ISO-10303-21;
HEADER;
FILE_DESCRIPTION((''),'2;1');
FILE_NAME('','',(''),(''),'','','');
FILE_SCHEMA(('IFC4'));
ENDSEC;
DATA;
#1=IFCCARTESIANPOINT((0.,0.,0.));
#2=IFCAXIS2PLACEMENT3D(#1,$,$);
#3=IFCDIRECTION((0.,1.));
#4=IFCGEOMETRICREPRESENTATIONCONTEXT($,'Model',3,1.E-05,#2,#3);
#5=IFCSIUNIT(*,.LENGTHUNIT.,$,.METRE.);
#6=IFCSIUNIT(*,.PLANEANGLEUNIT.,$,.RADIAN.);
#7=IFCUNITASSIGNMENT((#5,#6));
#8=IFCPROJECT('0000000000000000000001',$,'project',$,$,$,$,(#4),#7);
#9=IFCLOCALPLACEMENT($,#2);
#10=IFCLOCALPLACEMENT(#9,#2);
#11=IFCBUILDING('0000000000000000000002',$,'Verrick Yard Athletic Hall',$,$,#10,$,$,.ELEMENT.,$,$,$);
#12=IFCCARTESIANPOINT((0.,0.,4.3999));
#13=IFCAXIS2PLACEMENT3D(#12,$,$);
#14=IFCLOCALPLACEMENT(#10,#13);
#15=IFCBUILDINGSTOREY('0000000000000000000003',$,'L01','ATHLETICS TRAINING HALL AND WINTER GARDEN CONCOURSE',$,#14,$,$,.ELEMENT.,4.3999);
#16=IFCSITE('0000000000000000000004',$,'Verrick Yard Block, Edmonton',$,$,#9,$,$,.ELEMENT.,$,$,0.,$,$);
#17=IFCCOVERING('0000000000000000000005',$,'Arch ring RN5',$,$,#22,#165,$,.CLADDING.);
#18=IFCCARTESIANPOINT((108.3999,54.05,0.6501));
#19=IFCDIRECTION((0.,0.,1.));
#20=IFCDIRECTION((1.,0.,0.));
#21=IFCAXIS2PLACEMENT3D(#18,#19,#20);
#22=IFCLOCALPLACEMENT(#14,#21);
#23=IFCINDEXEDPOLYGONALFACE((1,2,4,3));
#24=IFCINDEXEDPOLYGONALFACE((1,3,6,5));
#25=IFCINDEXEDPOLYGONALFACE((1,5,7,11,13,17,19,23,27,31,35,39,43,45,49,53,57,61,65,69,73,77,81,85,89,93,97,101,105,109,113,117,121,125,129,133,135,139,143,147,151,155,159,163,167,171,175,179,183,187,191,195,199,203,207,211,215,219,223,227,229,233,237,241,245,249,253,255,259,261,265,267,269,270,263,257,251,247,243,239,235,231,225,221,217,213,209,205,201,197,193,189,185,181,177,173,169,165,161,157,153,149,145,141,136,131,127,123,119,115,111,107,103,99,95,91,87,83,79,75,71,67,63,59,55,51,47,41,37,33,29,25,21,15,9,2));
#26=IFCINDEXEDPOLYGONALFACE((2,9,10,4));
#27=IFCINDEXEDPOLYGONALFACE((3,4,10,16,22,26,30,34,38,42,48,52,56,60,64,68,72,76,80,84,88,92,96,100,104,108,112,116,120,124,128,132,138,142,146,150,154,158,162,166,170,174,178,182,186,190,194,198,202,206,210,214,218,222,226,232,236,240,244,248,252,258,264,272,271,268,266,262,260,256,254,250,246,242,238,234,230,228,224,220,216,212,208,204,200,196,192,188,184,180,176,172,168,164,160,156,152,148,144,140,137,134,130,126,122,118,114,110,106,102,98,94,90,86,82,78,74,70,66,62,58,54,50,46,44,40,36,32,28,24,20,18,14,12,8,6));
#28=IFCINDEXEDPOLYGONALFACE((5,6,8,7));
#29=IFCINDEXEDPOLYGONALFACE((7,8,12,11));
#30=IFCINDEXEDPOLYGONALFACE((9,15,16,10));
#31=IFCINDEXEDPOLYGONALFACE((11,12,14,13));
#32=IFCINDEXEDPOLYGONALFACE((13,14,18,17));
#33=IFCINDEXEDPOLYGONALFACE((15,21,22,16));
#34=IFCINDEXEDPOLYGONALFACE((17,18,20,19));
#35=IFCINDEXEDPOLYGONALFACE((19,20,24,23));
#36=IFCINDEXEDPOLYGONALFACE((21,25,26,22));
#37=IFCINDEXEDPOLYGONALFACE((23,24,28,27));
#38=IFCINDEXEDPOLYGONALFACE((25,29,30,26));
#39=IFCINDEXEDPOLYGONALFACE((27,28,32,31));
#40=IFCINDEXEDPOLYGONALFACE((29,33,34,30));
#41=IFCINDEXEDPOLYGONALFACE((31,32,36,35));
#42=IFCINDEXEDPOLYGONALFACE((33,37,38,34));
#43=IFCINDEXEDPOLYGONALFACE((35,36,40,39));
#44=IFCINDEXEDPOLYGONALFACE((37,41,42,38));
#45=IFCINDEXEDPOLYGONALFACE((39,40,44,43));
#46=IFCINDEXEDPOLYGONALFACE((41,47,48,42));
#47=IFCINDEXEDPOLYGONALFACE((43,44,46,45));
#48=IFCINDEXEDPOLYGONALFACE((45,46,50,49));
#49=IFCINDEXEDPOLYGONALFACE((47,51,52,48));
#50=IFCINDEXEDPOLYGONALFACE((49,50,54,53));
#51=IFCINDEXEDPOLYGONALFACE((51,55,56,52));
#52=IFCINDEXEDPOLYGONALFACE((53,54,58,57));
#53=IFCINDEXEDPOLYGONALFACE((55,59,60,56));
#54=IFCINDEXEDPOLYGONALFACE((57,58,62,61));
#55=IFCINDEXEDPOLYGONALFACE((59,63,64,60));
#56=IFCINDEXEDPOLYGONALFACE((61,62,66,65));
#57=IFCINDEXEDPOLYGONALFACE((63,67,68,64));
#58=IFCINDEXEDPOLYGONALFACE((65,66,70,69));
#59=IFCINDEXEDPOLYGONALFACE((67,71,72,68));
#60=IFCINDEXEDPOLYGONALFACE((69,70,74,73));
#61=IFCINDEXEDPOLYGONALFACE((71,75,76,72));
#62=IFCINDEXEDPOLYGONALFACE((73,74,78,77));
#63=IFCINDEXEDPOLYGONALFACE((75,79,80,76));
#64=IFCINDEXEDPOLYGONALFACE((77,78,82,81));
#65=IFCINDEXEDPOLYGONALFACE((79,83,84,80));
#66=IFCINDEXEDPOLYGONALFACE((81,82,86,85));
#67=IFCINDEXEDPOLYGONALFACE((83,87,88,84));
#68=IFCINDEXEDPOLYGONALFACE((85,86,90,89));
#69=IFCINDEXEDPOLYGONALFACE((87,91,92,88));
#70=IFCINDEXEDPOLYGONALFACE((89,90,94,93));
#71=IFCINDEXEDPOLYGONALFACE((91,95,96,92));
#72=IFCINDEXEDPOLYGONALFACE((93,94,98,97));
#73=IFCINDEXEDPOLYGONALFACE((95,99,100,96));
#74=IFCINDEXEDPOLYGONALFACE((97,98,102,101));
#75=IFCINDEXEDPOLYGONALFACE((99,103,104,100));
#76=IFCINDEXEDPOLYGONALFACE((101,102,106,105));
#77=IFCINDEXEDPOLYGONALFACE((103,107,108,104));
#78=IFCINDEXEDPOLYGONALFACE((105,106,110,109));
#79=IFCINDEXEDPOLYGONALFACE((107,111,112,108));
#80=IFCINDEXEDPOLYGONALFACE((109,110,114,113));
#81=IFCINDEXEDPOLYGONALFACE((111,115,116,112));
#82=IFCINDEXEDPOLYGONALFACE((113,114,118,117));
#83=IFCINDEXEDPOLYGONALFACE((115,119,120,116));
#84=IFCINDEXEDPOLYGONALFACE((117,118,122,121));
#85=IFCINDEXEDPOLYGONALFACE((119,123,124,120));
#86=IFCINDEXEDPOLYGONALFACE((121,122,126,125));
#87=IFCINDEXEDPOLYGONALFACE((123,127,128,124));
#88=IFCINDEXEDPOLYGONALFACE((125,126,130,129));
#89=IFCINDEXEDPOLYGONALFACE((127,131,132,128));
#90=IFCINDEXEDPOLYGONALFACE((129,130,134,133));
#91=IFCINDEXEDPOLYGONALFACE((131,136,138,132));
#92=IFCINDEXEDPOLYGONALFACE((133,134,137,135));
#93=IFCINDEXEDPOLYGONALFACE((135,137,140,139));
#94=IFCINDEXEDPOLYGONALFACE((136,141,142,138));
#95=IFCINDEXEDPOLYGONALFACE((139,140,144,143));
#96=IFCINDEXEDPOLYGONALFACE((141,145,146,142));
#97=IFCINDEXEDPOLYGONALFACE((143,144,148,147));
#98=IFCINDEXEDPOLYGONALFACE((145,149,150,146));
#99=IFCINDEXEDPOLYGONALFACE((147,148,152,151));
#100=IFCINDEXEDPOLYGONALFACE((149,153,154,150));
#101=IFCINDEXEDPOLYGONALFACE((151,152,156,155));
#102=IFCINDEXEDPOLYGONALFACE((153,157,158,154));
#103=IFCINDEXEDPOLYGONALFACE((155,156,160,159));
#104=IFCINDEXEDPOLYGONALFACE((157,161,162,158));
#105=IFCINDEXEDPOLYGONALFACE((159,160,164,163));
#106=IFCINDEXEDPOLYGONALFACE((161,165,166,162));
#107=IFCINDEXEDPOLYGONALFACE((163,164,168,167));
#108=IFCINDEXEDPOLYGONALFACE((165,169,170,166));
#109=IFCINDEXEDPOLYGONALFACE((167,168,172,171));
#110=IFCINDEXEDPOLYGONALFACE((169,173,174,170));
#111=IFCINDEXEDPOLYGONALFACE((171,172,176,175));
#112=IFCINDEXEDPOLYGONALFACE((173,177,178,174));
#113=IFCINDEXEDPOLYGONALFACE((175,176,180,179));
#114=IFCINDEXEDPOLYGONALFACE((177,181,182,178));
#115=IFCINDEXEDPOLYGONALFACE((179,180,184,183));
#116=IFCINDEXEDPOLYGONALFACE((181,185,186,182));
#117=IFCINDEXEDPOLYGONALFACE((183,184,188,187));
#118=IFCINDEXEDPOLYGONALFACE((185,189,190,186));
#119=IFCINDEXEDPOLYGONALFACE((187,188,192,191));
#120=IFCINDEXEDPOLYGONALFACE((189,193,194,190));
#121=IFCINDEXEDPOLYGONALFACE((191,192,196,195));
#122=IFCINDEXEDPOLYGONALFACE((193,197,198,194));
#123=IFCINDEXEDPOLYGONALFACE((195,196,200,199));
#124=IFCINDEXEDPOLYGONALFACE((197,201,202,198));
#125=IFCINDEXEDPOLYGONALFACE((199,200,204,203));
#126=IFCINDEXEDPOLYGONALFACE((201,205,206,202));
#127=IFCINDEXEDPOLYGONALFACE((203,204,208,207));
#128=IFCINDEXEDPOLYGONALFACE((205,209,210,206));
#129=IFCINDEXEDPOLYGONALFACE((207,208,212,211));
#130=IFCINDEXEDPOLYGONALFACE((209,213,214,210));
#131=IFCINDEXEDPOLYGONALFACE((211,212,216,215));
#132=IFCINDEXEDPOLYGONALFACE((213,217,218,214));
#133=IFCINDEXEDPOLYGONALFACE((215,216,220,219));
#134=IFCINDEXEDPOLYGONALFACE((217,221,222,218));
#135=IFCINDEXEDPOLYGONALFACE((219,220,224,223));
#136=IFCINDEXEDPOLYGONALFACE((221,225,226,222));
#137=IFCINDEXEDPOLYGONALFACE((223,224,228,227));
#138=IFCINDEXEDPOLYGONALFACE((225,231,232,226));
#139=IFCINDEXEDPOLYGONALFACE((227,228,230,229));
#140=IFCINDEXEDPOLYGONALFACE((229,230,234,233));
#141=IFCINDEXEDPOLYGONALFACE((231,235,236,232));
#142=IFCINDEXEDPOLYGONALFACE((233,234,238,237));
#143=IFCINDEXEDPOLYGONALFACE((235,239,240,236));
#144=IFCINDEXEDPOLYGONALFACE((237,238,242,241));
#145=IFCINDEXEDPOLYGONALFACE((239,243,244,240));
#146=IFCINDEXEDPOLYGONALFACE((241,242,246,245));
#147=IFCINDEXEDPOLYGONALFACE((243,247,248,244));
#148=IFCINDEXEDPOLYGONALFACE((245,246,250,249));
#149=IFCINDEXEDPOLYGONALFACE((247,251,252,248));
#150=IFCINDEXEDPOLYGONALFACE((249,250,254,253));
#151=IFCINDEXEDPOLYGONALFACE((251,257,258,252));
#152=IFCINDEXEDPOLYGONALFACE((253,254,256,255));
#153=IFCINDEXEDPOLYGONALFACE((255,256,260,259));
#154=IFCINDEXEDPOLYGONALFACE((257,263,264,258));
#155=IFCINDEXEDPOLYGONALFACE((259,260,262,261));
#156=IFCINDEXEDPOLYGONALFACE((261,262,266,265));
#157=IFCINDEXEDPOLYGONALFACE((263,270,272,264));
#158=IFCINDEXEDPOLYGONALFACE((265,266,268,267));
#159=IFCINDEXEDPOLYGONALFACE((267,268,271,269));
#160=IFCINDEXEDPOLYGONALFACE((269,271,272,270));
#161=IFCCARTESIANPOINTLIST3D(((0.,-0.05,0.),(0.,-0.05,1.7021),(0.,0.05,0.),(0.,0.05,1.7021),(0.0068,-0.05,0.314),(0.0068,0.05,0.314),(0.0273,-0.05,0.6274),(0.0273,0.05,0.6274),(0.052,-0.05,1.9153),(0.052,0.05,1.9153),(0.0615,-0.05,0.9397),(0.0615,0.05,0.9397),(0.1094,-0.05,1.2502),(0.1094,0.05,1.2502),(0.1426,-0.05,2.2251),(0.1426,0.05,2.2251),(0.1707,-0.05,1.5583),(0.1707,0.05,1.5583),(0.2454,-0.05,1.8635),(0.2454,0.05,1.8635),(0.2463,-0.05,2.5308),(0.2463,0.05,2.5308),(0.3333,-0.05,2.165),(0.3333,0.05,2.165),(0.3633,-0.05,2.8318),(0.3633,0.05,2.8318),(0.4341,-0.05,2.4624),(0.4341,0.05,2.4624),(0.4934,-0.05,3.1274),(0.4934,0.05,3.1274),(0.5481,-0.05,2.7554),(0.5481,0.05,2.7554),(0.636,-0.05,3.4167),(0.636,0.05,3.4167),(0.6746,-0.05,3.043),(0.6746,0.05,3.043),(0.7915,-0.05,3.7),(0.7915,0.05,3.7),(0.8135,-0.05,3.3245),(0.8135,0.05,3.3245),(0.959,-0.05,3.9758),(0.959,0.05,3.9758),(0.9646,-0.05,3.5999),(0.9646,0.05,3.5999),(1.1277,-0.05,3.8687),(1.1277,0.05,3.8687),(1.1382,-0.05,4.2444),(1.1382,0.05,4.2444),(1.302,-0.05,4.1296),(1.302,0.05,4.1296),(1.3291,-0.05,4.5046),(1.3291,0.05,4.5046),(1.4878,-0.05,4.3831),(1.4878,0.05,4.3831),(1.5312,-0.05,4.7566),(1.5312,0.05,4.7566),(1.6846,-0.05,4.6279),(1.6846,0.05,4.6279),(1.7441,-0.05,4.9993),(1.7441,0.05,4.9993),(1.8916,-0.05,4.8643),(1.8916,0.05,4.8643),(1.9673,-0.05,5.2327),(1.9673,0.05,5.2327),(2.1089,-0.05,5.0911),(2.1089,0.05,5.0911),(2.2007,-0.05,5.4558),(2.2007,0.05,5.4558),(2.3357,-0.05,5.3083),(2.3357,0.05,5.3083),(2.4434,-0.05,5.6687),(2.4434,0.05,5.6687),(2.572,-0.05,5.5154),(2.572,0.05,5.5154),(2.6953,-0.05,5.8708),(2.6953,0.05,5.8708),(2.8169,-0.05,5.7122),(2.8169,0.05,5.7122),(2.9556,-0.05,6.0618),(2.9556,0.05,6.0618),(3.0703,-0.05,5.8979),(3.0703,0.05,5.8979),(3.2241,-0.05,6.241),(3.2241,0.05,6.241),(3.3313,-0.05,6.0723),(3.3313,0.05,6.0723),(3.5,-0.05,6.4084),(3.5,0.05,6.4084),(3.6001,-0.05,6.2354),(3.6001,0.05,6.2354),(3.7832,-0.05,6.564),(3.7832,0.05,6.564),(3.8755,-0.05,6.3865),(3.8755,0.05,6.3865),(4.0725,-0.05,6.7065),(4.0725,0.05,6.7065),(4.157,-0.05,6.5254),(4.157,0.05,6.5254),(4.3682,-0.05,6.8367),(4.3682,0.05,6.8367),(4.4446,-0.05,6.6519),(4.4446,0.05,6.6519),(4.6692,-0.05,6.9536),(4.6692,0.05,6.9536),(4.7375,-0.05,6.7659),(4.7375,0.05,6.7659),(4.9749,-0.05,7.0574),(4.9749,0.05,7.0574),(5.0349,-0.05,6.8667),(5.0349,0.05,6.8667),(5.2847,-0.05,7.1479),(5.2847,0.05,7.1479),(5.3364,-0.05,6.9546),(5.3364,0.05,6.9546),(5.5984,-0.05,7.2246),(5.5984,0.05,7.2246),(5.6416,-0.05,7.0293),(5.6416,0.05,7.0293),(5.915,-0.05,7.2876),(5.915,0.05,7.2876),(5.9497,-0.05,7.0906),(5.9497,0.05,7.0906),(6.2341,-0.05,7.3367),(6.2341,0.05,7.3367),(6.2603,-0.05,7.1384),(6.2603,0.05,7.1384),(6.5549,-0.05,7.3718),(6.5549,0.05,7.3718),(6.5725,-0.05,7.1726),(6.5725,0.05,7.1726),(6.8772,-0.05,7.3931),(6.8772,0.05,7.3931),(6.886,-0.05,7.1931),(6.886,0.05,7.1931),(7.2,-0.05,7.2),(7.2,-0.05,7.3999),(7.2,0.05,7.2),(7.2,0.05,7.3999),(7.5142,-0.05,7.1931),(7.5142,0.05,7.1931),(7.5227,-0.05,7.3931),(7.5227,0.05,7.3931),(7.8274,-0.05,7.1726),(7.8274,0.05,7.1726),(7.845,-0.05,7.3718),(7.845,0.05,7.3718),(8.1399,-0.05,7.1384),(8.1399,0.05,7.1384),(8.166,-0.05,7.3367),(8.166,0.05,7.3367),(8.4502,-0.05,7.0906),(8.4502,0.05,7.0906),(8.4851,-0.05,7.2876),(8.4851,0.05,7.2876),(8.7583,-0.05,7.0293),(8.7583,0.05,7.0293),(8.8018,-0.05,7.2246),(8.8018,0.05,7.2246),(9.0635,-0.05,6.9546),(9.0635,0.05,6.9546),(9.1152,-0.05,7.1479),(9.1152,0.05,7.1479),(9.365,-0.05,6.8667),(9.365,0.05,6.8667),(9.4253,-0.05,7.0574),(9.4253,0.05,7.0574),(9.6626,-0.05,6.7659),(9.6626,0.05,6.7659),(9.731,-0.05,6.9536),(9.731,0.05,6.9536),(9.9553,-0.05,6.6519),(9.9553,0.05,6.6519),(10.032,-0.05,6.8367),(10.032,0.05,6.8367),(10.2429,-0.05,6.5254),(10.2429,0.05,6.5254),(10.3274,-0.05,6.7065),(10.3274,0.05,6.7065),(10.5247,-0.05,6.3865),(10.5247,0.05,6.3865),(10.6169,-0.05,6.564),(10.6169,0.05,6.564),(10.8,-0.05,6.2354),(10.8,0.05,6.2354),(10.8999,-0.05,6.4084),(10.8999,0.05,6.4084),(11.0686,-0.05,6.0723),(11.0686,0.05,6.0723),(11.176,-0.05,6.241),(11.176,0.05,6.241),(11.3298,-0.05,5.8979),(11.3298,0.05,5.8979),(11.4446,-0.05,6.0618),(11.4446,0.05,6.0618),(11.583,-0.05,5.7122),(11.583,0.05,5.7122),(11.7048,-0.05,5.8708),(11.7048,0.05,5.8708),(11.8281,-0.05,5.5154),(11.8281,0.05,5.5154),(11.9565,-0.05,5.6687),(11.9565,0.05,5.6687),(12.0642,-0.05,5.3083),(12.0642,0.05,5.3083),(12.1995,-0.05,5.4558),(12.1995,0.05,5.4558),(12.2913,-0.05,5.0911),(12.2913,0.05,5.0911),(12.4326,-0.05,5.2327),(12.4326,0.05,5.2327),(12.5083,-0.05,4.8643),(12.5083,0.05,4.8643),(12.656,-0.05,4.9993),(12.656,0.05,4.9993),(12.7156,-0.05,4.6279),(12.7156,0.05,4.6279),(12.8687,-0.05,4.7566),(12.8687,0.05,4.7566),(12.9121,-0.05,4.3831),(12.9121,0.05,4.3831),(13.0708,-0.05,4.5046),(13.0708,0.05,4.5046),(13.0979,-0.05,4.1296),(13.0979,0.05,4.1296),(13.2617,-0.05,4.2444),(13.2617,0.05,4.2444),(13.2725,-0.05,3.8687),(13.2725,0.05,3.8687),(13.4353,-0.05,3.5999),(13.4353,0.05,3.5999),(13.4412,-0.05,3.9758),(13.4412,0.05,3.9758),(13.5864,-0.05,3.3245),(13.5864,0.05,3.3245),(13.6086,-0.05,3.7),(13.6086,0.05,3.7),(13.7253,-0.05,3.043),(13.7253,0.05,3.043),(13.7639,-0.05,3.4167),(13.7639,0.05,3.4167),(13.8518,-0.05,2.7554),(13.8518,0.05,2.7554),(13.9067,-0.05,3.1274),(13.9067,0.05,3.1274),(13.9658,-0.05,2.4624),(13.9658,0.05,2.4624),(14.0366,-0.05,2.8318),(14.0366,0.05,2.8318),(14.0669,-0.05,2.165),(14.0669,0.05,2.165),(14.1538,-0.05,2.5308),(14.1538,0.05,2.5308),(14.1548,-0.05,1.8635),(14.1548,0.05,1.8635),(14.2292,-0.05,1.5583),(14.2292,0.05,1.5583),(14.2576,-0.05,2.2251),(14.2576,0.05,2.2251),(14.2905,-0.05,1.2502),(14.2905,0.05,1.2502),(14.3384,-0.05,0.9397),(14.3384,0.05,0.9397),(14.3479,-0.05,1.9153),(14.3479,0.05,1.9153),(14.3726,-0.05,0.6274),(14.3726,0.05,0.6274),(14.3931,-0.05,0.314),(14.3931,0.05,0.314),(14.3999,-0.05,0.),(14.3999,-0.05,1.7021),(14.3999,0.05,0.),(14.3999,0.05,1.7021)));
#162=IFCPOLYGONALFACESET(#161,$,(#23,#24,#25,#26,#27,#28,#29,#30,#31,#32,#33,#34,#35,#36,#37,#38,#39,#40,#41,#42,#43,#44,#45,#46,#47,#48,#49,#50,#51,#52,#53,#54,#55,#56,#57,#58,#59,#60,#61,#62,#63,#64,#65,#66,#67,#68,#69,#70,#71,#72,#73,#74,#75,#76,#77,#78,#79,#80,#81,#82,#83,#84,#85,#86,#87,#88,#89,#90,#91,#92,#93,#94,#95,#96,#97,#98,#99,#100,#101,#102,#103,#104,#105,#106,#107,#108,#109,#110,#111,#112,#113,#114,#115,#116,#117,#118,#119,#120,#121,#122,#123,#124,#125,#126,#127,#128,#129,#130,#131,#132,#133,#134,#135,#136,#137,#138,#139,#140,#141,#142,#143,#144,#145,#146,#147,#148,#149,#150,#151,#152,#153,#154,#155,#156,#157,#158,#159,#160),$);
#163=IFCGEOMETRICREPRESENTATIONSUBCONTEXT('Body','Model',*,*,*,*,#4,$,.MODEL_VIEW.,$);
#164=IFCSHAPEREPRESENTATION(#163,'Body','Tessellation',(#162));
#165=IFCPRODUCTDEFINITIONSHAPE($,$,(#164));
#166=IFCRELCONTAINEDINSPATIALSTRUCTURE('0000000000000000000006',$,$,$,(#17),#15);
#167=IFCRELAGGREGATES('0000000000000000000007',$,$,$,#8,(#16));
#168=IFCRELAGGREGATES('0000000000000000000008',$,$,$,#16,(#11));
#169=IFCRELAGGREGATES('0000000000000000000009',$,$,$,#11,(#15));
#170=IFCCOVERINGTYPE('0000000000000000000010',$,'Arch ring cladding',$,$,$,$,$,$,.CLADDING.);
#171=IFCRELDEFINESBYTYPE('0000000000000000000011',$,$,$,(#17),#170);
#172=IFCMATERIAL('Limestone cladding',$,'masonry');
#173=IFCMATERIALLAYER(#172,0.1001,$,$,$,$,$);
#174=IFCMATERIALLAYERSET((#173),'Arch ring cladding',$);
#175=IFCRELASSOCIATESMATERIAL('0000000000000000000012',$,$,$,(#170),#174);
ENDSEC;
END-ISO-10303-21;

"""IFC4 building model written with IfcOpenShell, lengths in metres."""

from ifc_helpers import new_model, si_unit, direction, frame, origin, place, context, subcontext, project, spatial, polyline, outline, extrude, material, layer, layer_set, type_object, element, save


model = new_model("IFC4")

# Units and contexts
model_context = context("Model", 3, precision=1e-05, world=origin(), true_north=direction((0.0, 1.0)))
body_context = subcontext(model_context, "Body", "Model", "MODEL_VIEW")
ifc_project = project(units=[si_unit("LENGTHUNIT", "METRE"), si_unit("PLANEANGLEUNIT", "RADIAN")], contexts=[model_context])

# Site, building, storey
site_placement = place(None, origin())
site = spatial("IfcSite", under=ifc_project, at=site_placement, Name="Verrick Yard Block, Edmonton", CompositionType="ELEMENT", RefElevation=0.0)
building_placement = place(site_placement, origin())
building = spatial("IfcBuilding", under=site, at=building_placement, Name="Verrick Yard Athletic Hall", CompositionType="ELEMENT")
storey_placement = place(building_placement, frame((0.0, 0.0, 4.3999)))
storey = spatial("IfcBuildingStorey", under=building, at=storey_placement, Name="L01", Description="ATHLETICS TRAINING HALL AND WINTER GARDEN CONCOURSE", CompositionType="ELEMENT", Elevation=4.3999)

# Covering
ifc_material_1 = material(Name="Limestone cladding", Category="masonry")
ifc_layer_1 = layer(ifc_material_1, 0.1001)
ifc_layer_set_1 = layer_set([ifc_layer_1], Name="Arch ring cladding")
covering_type_1 = type_object("IfcCoveringType", Name="Arch ring cladding", PredefinedType="CLADDING", material=ifc_layer_set_1)
covering_1_placement = place(storey_placement, frame((108.3999, 54.05, 0.6501), z_axis=(0.0, 0.0, 1.0), x_axis=(1.0, 0.0, 0.0)))
element("IfcCovering", 1, at=covering_1_placement, inside=storey, type_object=covering_type_1, Name="Arch ring RN5", PredefinedType="CLADDING", context=body_context, shape_type="SweptSolid", body=[
    extrude(outline(polyline([(0.0, 1.7021), (0.0, 0.0), (0.0068, 0.314), (0.0273, 0.6274), (0.0615, 0.9397), (0.1094, 1.2502), (0.1707, 1.5583), (0.2454, 1.8635), (0.3333, 2.165), (0.4341, 2.4624), (0.5481, 2.7554), (0.6746, 3.043), (0.8135, 3.3245), (0.9646, 3.5999), (1.1277, 3.8687), (1.302, 4.1296), (1.4878, 4.3831), (1.6846, 4.6279), (1.8916, 4.8643), (2.1089, 5.0911), (2.3357, 5.3083), (2.572, 5.5154), (2.8169, 5.7122), (3.0703, 5.8979), (3.3313, 6.0723), (3.6001, 6.2354), (3.8755, 6.3865), (4.157, 6.5254), (4.4446, 6.6519), (4.7375, 6.7659), (5.0349, 6.8667), (5.3364, 6.9546), (5.6416, 7.0293), (5.9497, 7.0906), (6.2603, 7.1384), (6.5725, 7.1726), (6.886, 7.1931), (7.2, 7.2), (7.5142, 7.1931), (7.8274, 7.1726), (8.1399, 7.1384), (8.4502, 7.0906), (8.7583, 7.0293), (9.0635, 6.9546), (9.365, 6.8667), (9.6626, 6.7659), (9.9553, 6.6519), (10.2429, 6.5254), (10.5247, 6.3865), (10.8, 6.2354), (11.0686, 6.0723), (11.3298, 5.8979), (11.583, 5.7122), (11.8281, 5.5154), (12.0642, 5.3083), (12.2913, 5.0911), (12.5083, 4.8643), (12.7156, 4.6279), (12.9121, 4.3831), (13.0979, 4.1296), (13.2725, 3.8687), (13.4353, 3.5999), (13.5864, 3.3245), (13.7253, 3.043), (13.8518, 2.7554), (13.9658, 2.4624), (14.0669, 2.165), (14.1548, 1.8635), (14.2292, 1.5583), (14.2905, 1.2502), (14.3384, 0.9397), (14.3726, 0.6274), (14.3931, 0.314), (14.3999, 0.0), (14.3999, 1.7021), (14.3479, 1.9153), (14.2576, 2.2251), (14.1538, 2.5308), (14.0366, 2.8318), (13.9067, 3.1274), (13.7639, 3.4167), (13.6086, 3.7), (13.4412, 3.9758), (13.2617, 4.2444), (13.0708, 4.5046), (12.8687, 4.7566), (12.656, 4.9993), (12.4326, 5.2327), (12.1995, 5.4558), (11.9565, 5.6687), (11.7048, 5.8708), (11.4446, 6.0618), (11.176, 6.241), (10.8999, 6.4084), (10.6169, 6.564), (10.3274, 6.7065), (10.032, 6.8367), (9.731, 6.9536), (9.4253, 7.0574), (9.1152, 7.1479), (8.8018, 7.2246), (8.4851, 7.2876), (8.166, 7.3367), (7.845, 7.3718), (7.5227, 7.3931), (7.2, 7.3999), (6.8772, 7.3931), (6.5549, 7.3718), (6.2341, 7.3367), (5.915, 7.2876), (5.5984, 7.2246), (5.2847, 7.1479), (4.9749, 7.0574), (4.6692, 6.9536), (4.3682, 6.8367), (4.0725, 6.7065), (3.7832, 6.564), (3.5, 6.4084), (3.2241, 6.241), (2.9556, 6.0618), (2.6953, 5.8708), (2.4434, 5.6687), (2.2007, 5.4558), (1.9673, 5.2327), (1.7441, 4.9993), (1.5312, 4.7566), (1.3291, 4.5046), (1.1382, 4.2444), (0.959, 3.9758), (0.7915, 3.7), (0.636, 3.4167), (0.4934, 3.1274), (0.3633, 2.8318), (0.2463, 2.5308), (0.1426, 2.2251), (0.052, 1.9153), (0.0, 1.7021)])), frame((0.0, 0.05, 0.0), z_axis=(0.0, -1.0, 0.0), x_axis=(1.0, 0.0, 0.0)), (0.0, 0.0, 1.0), 0.1001),
])

save(model, "model.ifc")
